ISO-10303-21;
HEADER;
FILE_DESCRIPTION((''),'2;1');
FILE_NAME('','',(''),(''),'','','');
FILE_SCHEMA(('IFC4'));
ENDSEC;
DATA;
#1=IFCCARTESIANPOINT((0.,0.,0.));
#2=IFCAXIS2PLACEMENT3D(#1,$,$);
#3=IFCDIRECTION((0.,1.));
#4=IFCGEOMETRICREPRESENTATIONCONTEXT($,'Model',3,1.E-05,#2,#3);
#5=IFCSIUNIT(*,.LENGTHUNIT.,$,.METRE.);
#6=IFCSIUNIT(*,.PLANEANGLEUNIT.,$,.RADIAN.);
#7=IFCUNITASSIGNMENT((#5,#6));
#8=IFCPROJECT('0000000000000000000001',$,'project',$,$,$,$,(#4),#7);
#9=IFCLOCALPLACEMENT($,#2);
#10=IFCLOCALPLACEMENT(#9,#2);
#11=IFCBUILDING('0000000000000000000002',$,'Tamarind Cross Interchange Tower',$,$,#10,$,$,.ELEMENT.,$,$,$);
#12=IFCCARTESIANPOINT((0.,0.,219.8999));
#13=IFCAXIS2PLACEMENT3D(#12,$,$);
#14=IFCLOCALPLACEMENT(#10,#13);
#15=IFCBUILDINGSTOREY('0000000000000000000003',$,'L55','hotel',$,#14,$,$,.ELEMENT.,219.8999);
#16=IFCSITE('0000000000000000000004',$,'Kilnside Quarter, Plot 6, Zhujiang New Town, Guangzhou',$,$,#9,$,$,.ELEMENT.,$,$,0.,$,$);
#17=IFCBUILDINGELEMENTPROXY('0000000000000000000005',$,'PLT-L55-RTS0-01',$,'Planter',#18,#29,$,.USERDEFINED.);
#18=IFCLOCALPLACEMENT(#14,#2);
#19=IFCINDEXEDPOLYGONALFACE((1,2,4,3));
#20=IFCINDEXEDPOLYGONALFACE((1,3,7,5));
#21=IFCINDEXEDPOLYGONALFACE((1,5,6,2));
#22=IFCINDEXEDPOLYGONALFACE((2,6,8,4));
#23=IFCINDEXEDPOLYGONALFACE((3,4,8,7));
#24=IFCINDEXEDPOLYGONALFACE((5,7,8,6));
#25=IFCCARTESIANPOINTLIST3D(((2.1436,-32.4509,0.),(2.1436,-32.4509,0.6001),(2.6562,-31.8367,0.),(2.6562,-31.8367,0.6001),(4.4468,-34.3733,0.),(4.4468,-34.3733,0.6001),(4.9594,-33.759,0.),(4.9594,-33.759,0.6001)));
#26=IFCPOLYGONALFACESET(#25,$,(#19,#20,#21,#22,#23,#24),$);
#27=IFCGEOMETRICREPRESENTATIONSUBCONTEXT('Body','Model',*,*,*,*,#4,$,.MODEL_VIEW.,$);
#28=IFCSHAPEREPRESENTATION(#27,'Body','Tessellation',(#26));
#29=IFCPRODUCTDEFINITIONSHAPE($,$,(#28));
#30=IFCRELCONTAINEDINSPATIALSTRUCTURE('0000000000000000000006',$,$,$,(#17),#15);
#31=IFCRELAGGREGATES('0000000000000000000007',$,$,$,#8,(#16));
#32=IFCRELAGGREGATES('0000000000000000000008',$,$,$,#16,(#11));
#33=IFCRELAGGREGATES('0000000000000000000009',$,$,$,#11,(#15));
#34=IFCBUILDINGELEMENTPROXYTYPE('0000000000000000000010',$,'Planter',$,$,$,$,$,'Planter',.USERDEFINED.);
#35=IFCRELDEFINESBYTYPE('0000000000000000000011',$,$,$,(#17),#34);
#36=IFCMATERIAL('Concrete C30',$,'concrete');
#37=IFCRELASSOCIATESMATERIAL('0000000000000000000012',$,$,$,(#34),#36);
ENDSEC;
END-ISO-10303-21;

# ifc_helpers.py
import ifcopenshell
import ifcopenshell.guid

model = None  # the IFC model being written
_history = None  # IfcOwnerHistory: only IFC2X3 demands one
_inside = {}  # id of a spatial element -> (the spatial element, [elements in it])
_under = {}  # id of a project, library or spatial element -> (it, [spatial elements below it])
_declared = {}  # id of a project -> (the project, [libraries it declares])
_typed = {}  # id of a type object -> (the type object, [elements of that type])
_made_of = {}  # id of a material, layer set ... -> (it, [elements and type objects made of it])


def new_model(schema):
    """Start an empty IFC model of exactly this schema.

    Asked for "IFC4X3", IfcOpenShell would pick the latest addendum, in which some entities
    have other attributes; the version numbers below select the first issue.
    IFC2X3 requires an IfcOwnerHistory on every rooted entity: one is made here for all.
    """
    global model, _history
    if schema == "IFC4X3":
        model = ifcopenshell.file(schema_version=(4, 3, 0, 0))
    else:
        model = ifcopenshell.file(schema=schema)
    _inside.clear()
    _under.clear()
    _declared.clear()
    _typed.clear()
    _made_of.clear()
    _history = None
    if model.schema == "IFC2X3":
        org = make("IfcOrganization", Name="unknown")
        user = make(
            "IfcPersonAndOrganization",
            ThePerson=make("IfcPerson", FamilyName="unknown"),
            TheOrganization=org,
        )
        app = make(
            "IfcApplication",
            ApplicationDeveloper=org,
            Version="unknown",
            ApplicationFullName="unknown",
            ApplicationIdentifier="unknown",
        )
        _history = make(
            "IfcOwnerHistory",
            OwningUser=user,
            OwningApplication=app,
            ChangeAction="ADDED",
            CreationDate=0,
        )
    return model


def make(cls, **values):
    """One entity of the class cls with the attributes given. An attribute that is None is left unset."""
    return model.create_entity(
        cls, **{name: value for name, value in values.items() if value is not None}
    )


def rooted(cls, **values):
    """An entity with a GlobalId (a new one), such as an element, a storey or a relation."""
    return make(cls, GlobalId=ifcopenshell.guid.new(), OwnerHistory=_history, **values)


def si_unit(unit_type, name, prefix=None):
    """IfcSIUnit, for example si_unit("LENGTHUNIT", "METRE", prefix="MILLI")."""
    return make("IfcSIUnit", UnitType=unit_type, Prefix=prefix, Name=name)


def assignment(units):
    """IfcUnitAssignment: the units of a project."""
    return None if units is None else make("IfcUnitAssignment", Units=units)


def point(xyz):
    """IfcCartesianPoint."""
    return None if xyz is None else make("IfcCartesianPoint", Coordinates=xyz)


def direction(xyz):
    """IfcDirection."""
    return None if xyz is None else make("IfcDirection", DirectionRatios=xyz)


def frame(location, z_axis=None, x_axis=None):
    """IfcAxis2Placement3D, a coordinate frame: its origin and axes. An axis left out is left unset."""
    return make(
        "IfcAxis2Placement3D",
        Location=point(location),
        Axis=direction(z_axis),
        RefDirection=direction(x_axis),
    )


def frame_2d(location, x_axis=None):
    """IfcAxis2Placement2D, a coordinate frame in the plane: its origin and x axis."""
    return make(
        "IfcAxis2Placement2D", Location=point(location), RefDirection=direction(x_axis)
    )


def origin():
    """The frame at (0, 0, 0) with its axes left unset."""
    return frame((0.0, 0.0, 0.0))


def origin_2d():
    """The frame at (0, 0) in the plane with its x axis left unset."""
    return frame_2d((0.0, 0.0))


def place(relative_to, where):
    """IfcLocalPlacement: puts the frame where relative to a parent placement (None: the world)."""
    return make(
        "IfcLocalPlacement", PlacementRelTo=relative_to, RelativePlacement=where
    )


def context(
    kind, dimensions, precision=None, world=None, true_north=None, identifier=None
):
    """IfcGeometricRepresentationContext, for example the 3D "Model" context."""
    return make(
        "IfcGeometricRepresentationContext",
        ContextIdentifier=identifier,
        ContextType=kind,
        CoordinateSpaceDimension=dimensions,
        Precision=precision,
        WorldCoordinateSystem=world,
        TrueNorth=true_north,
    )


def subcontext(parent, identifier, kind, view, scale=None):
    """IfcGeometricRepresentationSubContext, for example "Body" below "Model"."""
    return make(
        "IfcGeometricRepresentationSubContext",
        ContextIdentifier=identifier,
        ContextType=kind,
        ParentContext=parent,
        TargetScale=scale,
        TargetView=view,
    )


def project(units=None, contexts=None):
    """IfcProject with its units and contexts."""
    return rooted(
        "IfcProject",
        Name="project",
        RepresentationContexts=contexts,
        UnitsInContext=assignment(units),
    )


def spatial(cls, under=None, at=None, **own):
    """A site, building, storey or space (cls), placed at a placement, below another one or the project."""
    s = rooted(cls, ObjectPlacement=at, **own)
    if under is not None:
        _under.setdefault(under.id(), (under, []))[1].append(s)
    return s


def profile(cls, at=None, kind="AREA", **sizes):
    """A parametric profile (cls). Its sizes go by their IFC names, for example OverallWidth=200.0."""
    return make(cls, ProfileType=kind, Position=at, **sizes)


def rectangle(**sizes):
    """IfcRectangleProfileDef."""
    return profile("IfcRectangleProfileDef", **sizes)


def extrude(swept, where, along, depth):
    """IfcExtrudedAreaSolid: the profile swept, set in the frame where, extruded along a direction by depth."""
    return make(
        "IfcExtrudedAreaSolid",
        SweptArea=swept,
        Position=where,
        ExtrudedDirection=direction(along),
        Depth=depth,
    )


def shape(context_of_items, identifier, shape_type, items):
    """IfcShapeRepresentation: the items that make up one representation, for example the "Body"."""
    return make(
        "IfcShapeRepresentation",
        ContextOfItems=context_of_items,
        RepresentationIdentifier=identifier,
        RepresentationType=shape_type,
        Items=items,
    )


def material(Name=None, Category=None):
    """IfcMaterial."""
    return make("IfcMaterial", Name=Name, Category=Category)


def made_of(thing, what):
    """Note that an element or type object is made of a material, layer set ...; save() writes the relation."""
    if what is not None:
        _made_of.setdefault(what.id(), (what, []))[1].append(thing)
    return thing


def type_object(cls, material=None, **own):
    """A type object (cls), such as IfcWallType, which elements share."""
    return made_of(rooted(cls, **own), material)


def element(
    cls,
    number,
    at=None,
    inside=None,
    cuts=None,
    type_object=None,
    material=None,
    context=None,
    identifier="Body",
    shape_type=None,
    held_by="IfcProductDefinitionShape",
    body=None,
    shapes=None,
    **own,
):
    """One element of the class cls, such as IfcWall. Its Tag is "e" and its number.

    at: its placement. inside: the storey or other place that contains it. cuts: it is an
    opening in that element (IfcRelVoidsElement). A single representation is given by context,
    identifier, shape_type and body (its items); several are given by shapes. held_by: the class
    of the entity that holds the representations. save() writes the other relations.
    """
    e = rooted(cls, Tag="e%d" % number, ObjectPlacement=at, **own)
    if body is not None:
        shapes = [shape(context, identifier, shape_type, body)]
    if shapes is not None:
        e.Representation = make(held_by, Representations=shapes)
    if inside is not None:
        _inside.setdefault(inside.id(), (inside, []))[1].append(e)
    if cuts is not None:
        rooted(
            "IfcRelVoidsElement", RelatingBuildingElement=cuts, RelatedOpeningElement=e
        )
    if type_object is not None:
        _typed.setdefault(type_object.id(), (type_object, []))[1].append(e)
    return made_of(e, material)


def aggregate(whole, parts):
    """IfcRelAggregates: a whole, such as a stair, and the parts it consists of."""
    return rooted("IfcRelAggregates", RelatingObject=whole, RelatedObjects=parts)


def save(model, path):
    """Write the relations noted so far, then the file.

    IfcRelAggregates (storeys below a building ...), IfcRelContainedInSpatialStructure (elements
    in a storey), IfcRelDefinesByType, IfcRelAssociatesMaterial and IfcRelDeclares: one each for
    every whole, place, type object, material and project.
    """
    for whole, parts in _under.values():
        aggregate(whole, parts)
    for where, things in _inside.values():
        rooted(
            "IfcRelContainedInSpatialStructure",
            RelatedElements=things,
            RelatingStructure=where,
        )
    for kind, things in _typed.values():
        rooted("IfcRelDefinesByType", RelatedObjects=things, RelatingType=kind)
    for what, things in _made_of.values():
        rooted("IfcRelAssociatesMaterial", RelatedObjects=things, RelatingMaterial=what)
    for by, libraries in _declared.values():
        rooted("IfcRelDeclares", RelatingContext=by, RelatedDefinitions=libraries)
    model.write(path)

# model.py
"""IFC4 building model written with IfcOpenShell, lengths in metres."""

from ifc_helpers import new_model, si_unit, direction, frame, origin, origin_2d, place, context, subcontext, project, spatial, rectangle, extrude, material, type_object, element, save


model = new_model("IFC4")

# Units and contexts
model_context = context("Model", 3, precision=1e-05, world=origin(), true_north=direction((0.0, 1.0)))
body_context = subcontext(model_context, "Body", "Model", "MODEL_VIEW")
ifc_project = project(units=[si_unit("LENGTHUNIT", "METRE"), si_unit("PLANEANGLEUNIT", "RADIAN")], contexts=[model_context])

# Site, building, storey
site_placement = place(None, origin())
site = spatial("IfcSite", under=ifc_project, at=site_placement, Name="Kilnside Quarter, Plot 6, Zhujiang New Town, Guangzhou", CompositionType="ELEMENT", RefElevation=0.0)
building_placement = place(site_placement, origin())
building = spatial("IfcBuilding", under=site, at=building_placement, Name="Tamarind Cross Interchange Tower", CompositionType="ELEMENT")
storey_placement = place(building_placement, frame((0.0, 0.0, 219.8999)))
storey = spatial("IfcBuildingStorey", under=building, at=storey_placement, Name="L55", Description="hotel", CompositionType="ELEMENT", Elevation=219.8999)

# Building element proxy
ifc_material_1 = material(Name="Concrete C30", Category="concrete")
building_element_proxy_type = type_object("IfcBuildingElementProxyType", Name="Planter", ElementType="Planter", PredefinedType="USERDEFINED", material=ifc_material_1)
proxy_1_placement = place(storey_placement, origin())
element("IfcBuildingElementProxy", 1, at=proxy_1_placement, inside=storey, type_object=building_element_proxy_type, Name="PLT-L55-RTS0-01", ObjectType="Planter", PredefinedType="USERDEFINED", context=body_context, shape_type="SweptSolid", body=[
    extrude(rectangle(XDim=3.0, YDim=0.8, at=origin_2d()), frame((3.5515, -33.105, 0.0), z_axis=(0.0, 0.0, 1.0), x_axis=(0.767729, -0.640775, 0.0)), (0.0, 0.0, 1.0), 0.6001),
])

save(model, "model.ifc")
